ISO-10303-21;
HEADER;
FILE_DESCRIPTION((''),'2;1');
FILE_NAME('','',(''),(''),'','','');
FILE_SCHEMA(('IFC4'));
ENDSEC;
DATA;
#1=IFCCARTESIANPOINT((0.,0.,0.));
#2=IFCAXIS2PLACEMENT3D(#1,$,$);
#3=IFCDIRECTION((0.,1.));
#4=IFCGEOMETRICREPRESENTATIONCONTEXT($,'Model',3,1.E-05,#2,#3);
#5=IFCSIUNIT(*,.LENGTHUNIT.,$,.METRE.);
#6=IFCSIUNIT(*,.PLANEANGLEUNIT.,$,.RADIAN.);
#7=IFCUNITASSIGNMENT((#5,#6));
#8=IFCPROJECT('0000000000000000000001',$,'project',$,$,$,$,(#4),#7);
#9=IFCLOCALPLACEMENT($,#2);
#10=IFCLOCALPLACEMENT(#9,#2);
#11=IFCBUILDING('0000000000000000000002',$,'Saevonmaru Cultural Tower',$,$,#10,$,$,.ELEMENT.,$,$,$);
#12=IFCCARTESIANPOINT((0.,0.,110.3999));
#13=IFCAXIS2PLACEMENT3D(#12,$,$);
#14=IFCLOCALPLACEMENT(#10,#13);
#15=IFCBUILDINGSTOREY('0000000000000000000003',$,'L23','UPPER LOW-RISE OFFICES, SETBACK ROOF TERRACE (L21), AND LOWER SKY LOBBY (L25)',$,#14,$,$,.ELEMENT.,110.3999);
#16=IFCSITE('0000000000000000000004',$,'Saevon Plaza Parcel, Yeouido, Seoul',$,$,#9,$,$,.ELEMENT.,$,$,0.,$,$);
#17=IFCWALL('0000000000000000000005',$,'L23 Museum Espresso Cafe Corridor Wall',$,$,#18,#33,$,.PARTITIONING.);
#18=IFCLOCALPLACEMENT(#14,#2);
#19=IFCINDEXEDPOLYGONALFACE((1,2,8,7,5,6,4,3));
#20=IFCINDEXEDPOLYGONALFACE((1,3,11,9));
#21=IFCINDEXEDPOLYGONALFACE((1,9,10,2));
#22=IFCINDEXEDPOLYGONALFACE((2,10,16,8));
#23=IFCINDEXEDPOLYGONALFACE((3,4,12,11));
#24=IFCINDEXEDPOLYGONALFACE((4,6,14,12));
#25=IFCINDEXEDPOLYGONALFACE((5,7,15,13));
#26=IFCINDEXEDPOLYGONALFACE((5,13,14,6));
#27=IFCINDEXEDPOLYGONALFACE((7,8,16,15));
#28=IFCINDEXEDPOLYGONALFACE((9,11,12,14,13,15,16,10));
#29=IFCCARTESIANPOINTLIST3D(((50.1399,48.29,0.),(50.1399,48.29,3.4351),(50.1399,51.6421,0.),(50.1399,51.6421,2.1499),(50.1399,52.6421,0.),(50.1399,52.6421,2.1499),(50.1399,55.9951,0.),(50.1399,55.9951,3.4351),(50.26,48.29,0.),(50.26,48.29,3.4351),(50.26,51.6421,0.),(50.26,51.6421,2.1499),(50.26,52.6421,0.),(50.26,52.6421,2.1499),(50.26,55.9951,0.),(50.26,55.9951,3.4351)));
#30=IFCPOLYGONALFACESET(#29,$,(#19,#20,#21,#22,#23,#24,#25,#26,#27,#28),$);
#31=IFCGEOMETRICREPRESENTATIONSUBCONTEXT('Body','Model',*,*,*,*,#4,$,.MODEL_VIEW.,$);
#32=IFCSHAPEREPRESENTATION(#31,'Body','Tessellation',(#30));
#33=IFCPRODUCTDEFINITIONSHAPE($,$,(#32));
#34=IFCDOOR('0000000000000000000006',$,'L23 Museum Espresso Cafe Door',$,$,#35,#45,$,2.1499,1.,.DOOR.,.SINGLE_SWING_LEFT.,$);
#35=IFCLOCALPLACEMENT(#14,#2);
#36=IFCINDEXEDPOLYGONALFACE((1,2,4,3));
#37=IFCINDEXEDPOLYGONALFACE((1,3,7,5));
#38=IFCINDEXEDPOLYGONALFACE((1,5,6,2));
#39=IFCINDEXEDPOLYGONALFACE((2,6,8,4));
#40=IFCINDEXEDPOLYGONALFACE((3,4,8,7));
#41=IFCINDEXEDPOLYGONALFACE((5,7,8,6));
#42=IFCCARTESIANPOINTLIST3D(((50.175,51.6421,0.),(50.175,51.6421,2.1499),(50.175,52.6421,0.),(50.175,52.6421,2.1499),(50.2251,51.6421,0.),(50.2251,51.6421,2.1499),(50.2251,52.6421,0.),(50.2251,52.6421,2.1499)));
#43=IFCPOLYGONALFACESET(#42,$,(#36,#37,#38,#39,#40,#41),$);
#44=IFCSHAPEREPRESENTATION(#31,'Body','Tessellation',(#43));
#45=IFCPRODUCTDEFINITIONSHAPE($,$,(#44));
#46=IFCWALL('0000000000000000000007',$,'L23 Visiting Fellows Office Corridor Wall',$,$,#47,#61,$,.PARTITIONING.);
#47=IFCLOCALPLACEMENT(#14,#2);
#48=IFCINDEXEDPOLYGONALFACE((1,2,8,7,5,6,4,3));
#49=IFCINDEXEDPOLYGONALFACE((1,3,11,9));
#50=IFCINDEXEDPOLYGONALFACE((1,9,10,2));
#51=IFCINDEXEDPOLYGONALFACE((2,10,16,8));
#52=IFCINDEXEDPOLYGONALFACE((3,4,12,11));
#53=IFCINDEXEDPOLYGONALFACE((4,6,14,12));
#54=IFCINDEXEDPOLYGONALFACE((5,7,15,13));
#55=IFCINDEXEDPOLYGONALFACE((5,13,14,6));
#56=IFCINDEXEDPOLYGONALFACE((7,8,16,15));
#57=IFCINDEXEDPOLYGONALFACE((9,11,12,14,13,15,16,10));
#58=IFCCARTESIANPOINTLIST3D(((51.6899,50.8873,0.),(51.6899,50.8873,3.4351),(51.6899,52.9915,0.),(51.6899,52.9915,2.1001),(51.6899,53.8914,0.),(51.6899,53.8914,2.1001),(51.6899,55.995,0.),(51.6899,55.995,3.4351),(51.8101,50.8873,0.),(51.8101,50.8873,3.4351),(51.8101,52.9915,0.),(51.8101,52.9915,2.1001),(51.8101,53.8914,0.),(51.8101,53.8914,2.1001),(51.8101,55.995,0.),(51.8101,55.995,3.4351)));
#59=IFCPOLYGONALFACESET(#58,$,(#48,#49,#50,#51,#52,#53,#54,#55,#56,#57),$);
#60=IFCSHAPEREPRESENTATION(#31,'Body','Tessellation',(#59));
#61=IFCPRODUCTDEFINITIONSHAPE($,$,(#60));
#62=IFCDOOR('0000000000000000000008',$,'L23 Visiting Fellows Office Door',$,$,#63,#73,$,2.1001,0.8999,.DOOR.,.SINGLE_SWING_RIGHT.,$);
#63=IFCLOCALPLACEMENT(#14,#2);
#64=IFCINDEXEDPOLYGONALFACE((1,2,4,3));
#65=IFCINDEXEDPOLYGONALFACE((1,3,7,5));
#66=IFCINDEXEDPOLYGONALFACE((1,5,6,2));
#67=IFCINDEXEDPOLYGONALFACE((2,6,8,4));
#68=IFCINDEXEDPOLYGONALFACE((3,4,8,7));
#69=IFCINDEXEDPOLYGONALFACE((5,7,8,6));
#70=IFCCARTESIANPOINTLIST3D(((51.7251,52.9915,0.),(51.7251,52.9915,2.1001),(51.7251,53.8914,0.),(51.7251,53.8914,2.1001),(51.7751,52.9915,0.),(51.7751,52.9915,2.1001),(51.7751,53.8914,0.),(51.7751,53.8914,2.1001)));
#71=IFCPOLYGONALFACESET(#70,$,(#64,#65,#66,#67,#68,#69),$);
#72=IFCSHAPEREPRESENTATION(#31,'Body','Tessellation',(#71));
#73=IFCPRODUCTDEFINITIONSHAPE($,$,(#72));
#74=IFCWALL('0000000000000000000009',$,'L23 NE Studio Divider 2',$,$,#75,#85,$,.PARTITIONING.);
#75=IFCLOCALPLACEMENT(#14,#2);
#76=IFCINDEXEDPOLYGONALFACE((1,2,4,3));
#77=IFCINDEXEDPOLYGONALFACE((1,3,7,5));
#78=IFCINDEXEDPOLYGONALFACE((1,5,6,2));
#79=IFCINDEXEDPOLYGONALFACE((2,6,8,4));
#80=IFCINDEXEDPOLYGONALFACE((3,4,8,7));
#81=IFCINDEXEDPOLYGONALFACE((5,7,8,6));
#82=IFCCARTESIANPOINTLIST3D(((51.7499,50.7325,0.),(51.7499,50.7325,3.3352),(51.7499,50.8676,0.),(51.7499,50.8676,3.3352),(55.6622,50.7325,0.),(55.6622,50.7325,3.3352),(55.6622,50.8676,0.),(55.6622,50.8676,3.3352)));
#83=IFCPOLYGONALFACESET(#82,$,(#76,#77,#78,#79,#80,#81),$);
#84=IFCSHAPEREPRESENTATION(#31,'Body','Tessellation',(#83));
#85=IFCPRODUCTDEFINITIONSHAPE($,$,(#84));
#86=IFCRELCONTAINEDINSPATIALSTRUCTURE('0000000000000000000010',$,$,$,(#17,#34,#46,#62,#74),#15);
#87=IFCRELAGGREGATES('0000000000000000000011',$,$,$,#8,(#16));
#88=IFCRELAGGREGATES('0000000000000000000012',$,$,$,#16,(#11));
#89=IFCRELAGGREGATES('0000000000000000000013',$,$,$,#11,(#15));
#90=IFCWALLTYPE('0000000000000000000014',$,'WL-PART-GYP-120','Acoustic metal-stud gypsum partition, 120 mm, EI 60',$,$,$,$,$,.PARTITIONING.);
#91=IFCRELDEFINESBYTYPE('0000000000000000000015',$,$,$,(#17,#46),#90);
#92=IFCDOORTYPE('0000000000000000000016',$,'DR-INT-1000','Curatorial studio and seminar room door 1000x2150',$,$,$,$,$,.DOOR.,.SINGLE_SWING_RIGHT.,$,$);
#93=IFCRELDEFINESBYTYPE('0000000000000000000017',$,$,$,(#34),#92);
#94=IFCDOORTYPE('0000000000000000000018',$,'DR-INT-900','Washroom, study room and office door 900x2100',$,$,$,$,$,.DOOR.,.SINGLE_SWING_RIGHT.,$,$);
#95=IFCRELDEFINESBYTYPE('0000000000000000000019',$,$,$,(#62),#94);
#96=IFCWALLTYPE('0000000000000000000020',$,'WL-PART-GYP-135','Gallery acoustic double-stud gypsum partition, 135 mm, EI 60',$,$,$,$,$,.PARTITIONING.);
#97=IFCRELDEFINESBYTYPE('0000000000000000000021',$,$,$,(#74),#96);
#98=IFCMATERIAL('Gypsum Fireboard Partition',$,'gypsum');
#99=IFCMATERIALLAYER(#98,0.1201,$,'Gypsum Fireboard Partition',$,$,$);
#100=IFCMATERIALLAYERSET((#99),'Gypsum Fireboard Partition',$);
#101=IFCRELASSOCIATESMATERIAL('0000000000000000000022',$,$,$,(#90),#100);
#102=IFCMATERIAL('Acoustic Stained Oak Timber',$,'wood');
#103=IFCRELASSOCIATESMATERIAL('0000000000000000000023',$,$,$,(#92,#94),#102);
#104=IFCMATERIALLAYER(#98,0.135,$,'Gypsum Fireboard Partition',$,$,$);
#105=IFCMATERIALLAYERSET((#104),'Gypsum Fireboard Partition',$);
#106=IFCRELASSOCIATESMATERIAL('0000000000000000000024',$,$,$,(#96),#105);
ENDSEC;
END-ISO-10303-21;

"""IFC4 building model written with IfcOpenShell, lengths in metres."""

from ifc_helpers import new_model, si_unit, direction, frame, frame_2d, origin, place, context, subcontext, project, spatial, rectangle, extrude, material, layer, layer_set, type_object, element, fill, save


model = new_model("IFC4")

# Units and contexts
model_context = context("Model", 3, precision=1e-05, world=origin(), true_north=direction((0.0, 1.0)))
body_context = subcontext(model_context, "Body", "Model", "MODEL_VIEW")
ifc_project = project(units=[si_unit("LENGTHUNIT", "METRE"), si_unit("PLANEANGLEUNIT", "RADIAN")], contexts=[model_context])

# Site, building, storey
site_placement = place(None, origin())
site = spatial("IfcSite", under=ifc_project, at=site_placement, Name="Saevon Plaza Parcel, Yeouido, Seoul", CompositionType="ELEMENT", RefElevation=0.0)
building_placement = place(site_placement, origin())
building = spatial("IfcBuilding", under=site, at=building_placement, Name="Saevonmaru Cultural Tower", CompositionType="ELEMENT")
storey_placement = place(building_placement, frame((0.0, 0.0, 110.3999)))
storey = spatial("IfcBuildingStorey", under=building, at=storey_placement, Name="L23", Description="UPPER LOW-RISE OFFICES, SETBACK ROOF TERRACE (L21), AND LOWER SKY LOBBY (L25)", CompositionType="ELEMENT", Elevation=110.3999)

# Walls, openings, doors
ifc_material_1 = material(Name="Gypsum Fireboard Partition", Category="gypsum")
ifc_layer_1 = layer(ifc_material_1, 0.1201, Name="Gypsum Fireboard Partition")
ifc_layer_set_1 = layer_set([ifc_layer_1], Name="Gypsum Fireboard Partition")
wall_type_1 = type_object("IfcWallType", Name="WL-PART-GYP-120", Description="Acoustic metal-stud gypsum partition, 120 mm, EI 60", PredefinedType="PARTITIONING", material=ifc_layer_set_1)
wall_1_placement = place(storey_placement, frame((50.2, 48.29, 0.0), z_axis=(0.0, 0.0, 1.0), x_axis=(0.0, 1.0, 0.0)))
wall_1 = element("IfcWall", 1, at=wall_1_placement, inside=storey, type_object=wall_type_1, Name="L23 Museum Espresso Cafe Corridor Wall", PredefinedType="PARTITIONING", context=body_context, shape_type="SweptSolid", body=[
    extrude(rectangle(XDim=7.7051, YDim=0.1201, at=frame_2d((3.8525, 0.0))), origin(), (0.0, 0.0, 1.0), 3.4351),
])
opening_1_placement = place(wall_1_placement, frame((3.3521, 0.0, 0.0)))
opening_1 = element("IfcOpeningElement", 2, at=opening_1_placement, cuts=wall_1, PredefinedType="OPENING", context=body_context, shape_type="SweptSolid", body=[
    extrude(rectangle(XDim=1.0, YDim=2.1499, at=frame_2d((0.5, 1.075))), frame((0.0, 0.0701, 0.0), z_axis=(0.0, -1.0, 0.0), x_axis=(1.0, 0.0, 0.0)), (0.0, 0.0, 1.0), 0.1401),
])
ifc_material_2 = material(Name="Acoustic Stained Oak Timber", Category="wood")
door_type_1 = type_object("IfcDoorType", Name="DR-INT-1000", Description="Curatorial studio and seminar room door 1000x2150", OperationType="SINGLE_SWING_RIGHT", PredefinedType="DOOR", material=ifc_material_2)
door_1_placement = place(opening_1_placement, origin())
door_1 = element("IfcDoor", 3, at=door_1_placement, inside=storey, type_object=door_type_1, Name="L23 Museum Espresso Cafe Door", OperationType="SINGLE_SWING_LEFT", OverallHeight=2.1499, OverallWidth=1.0, PredefinedType="DOOR", context=body_context, shape_type="SweptSolid", body=[
    extrude(rectangle(XDim=1.0, YDim=2.1499, at=frame_2d((0.5, 1.075))), frame((0.0, 0.0249, 0.0), z_axis=(0.0, -1.0, 0.0), x_axis=(1.0, 0.0, 0.0)), (0.0, 0.0, 1.0), 0.05),
])
fill(opening_1, door_1)
wall_2_placement = place(storey_placement, frame((51.75, 50.8875, 0.0), z_axis=(0.0, 0.0, 1.0), x_axis=(0.0, 1.0, 0.0)))
wall_2 = element("IfcWall", 4, at=wall_2_placement, inside=storey, type_object=wall_type_1, Name="L23 Visiting Fellows Office Corridor Wall", PredefinedType="PARTITIONING", context=body_context, shape_type="SweptSolid", body=[
    extrude(rectangle(XDim=5.1077, YDim=0.1201, at=frame_2d((2.5537, 0.0))), origin(), (0.0, 0.0, 1.0), 3.4351),
])
opening_2_placement = place(wall_2_placement, frame((2.104, 0.0, 0.0)))
opening_2 = element("IfcOpeningElement", 5, at=opening_2_placement, cuts=wall_2, PredefinedType="OPENING", context=body_context, shape_type="SweptSolid", body=[
    extrude(rectangle(XDim=0.8999, YDim=2.1001, at=frame_2d((0.45, 1.05))), frame((0.0, 0.0701, 0.0), z_axis=(0.0, -1.0, 0.0), x_axis=(1.0, 0.0, 0.0)), (0.0, 0.0, 1.0), 0.1401),
])
door_type_2 = type_object("IfcDoorType", Name="DR-INT-900", Description="Washroom, study room and office door 900x2100", OperationType="SINGLE_SWING_RIGHT", PredefinedType="DOOR", material=ifc_material_2)
door_2_placement = place(opening_2_placement, origin())
door_2 = element("IfcDoor", 6, at=door_2_placement, inside=storey, type_object=door_type_2, Name="L23 Visiting Fellows Office Door", OperationType="SINGLE_SWING_RIGHT", OverallHeight=2.1001, OverallWidth=0.8999, PredefinedType="DOOR", context=body_context, shape_type="SweptSolid", body=[
    extrude(rectangle(XDim=0.8999, YDim=2.1001, at=frame_2d((0.45, 1.05))), frame((0.0, 0.0249, 0.0), z_axis=(0.0, -1.0, 0.0), x_axis=(1.0, 0.0, 0.0)), (0.0, 0.0, 1.0), 0.05),
])
fill(opening_2, door_2)

# Wall
ifc_layer_2 = layer(ifc_material_1, 0.135, Name="Gypsum Fireboard Partition")
ifc_layer_set_2 = layer_set([ifc_layer_2], Name="Gypsum Fireboard Partition")
wall_type_2 = type_object("IfcWallType", Name="WL-PART-GYP-135", Description="Gallery acoustic double-stud gypsum partition, 135 mm, EI 60", PredefinedType="PARTITIONING", material=ifc_layer_set_2)
wall_3_placement = place(storey_placement, frame((51.75, 50.8, 0.0), z_axis=(0.0, 0.0, 1.0), x_axis=(1.0, 0.0, 0.0)))
element("IfcWall", 7, at=wall_3_placement, inside=storey, type_object=wall_type_2, Name="L23 NE Studio Divider 2", PredefinedType="PARTITIONING", context=body_context, shape_type="SweptSolid", body=[
    extrude(rectangle(XDim=3.9124, YDim=0.135, at=frame_2d((1.9561, 0.0))), origin(), (0.0, 0.0, 1.0), 3.3352),
])

save(model, "model.ifc")
